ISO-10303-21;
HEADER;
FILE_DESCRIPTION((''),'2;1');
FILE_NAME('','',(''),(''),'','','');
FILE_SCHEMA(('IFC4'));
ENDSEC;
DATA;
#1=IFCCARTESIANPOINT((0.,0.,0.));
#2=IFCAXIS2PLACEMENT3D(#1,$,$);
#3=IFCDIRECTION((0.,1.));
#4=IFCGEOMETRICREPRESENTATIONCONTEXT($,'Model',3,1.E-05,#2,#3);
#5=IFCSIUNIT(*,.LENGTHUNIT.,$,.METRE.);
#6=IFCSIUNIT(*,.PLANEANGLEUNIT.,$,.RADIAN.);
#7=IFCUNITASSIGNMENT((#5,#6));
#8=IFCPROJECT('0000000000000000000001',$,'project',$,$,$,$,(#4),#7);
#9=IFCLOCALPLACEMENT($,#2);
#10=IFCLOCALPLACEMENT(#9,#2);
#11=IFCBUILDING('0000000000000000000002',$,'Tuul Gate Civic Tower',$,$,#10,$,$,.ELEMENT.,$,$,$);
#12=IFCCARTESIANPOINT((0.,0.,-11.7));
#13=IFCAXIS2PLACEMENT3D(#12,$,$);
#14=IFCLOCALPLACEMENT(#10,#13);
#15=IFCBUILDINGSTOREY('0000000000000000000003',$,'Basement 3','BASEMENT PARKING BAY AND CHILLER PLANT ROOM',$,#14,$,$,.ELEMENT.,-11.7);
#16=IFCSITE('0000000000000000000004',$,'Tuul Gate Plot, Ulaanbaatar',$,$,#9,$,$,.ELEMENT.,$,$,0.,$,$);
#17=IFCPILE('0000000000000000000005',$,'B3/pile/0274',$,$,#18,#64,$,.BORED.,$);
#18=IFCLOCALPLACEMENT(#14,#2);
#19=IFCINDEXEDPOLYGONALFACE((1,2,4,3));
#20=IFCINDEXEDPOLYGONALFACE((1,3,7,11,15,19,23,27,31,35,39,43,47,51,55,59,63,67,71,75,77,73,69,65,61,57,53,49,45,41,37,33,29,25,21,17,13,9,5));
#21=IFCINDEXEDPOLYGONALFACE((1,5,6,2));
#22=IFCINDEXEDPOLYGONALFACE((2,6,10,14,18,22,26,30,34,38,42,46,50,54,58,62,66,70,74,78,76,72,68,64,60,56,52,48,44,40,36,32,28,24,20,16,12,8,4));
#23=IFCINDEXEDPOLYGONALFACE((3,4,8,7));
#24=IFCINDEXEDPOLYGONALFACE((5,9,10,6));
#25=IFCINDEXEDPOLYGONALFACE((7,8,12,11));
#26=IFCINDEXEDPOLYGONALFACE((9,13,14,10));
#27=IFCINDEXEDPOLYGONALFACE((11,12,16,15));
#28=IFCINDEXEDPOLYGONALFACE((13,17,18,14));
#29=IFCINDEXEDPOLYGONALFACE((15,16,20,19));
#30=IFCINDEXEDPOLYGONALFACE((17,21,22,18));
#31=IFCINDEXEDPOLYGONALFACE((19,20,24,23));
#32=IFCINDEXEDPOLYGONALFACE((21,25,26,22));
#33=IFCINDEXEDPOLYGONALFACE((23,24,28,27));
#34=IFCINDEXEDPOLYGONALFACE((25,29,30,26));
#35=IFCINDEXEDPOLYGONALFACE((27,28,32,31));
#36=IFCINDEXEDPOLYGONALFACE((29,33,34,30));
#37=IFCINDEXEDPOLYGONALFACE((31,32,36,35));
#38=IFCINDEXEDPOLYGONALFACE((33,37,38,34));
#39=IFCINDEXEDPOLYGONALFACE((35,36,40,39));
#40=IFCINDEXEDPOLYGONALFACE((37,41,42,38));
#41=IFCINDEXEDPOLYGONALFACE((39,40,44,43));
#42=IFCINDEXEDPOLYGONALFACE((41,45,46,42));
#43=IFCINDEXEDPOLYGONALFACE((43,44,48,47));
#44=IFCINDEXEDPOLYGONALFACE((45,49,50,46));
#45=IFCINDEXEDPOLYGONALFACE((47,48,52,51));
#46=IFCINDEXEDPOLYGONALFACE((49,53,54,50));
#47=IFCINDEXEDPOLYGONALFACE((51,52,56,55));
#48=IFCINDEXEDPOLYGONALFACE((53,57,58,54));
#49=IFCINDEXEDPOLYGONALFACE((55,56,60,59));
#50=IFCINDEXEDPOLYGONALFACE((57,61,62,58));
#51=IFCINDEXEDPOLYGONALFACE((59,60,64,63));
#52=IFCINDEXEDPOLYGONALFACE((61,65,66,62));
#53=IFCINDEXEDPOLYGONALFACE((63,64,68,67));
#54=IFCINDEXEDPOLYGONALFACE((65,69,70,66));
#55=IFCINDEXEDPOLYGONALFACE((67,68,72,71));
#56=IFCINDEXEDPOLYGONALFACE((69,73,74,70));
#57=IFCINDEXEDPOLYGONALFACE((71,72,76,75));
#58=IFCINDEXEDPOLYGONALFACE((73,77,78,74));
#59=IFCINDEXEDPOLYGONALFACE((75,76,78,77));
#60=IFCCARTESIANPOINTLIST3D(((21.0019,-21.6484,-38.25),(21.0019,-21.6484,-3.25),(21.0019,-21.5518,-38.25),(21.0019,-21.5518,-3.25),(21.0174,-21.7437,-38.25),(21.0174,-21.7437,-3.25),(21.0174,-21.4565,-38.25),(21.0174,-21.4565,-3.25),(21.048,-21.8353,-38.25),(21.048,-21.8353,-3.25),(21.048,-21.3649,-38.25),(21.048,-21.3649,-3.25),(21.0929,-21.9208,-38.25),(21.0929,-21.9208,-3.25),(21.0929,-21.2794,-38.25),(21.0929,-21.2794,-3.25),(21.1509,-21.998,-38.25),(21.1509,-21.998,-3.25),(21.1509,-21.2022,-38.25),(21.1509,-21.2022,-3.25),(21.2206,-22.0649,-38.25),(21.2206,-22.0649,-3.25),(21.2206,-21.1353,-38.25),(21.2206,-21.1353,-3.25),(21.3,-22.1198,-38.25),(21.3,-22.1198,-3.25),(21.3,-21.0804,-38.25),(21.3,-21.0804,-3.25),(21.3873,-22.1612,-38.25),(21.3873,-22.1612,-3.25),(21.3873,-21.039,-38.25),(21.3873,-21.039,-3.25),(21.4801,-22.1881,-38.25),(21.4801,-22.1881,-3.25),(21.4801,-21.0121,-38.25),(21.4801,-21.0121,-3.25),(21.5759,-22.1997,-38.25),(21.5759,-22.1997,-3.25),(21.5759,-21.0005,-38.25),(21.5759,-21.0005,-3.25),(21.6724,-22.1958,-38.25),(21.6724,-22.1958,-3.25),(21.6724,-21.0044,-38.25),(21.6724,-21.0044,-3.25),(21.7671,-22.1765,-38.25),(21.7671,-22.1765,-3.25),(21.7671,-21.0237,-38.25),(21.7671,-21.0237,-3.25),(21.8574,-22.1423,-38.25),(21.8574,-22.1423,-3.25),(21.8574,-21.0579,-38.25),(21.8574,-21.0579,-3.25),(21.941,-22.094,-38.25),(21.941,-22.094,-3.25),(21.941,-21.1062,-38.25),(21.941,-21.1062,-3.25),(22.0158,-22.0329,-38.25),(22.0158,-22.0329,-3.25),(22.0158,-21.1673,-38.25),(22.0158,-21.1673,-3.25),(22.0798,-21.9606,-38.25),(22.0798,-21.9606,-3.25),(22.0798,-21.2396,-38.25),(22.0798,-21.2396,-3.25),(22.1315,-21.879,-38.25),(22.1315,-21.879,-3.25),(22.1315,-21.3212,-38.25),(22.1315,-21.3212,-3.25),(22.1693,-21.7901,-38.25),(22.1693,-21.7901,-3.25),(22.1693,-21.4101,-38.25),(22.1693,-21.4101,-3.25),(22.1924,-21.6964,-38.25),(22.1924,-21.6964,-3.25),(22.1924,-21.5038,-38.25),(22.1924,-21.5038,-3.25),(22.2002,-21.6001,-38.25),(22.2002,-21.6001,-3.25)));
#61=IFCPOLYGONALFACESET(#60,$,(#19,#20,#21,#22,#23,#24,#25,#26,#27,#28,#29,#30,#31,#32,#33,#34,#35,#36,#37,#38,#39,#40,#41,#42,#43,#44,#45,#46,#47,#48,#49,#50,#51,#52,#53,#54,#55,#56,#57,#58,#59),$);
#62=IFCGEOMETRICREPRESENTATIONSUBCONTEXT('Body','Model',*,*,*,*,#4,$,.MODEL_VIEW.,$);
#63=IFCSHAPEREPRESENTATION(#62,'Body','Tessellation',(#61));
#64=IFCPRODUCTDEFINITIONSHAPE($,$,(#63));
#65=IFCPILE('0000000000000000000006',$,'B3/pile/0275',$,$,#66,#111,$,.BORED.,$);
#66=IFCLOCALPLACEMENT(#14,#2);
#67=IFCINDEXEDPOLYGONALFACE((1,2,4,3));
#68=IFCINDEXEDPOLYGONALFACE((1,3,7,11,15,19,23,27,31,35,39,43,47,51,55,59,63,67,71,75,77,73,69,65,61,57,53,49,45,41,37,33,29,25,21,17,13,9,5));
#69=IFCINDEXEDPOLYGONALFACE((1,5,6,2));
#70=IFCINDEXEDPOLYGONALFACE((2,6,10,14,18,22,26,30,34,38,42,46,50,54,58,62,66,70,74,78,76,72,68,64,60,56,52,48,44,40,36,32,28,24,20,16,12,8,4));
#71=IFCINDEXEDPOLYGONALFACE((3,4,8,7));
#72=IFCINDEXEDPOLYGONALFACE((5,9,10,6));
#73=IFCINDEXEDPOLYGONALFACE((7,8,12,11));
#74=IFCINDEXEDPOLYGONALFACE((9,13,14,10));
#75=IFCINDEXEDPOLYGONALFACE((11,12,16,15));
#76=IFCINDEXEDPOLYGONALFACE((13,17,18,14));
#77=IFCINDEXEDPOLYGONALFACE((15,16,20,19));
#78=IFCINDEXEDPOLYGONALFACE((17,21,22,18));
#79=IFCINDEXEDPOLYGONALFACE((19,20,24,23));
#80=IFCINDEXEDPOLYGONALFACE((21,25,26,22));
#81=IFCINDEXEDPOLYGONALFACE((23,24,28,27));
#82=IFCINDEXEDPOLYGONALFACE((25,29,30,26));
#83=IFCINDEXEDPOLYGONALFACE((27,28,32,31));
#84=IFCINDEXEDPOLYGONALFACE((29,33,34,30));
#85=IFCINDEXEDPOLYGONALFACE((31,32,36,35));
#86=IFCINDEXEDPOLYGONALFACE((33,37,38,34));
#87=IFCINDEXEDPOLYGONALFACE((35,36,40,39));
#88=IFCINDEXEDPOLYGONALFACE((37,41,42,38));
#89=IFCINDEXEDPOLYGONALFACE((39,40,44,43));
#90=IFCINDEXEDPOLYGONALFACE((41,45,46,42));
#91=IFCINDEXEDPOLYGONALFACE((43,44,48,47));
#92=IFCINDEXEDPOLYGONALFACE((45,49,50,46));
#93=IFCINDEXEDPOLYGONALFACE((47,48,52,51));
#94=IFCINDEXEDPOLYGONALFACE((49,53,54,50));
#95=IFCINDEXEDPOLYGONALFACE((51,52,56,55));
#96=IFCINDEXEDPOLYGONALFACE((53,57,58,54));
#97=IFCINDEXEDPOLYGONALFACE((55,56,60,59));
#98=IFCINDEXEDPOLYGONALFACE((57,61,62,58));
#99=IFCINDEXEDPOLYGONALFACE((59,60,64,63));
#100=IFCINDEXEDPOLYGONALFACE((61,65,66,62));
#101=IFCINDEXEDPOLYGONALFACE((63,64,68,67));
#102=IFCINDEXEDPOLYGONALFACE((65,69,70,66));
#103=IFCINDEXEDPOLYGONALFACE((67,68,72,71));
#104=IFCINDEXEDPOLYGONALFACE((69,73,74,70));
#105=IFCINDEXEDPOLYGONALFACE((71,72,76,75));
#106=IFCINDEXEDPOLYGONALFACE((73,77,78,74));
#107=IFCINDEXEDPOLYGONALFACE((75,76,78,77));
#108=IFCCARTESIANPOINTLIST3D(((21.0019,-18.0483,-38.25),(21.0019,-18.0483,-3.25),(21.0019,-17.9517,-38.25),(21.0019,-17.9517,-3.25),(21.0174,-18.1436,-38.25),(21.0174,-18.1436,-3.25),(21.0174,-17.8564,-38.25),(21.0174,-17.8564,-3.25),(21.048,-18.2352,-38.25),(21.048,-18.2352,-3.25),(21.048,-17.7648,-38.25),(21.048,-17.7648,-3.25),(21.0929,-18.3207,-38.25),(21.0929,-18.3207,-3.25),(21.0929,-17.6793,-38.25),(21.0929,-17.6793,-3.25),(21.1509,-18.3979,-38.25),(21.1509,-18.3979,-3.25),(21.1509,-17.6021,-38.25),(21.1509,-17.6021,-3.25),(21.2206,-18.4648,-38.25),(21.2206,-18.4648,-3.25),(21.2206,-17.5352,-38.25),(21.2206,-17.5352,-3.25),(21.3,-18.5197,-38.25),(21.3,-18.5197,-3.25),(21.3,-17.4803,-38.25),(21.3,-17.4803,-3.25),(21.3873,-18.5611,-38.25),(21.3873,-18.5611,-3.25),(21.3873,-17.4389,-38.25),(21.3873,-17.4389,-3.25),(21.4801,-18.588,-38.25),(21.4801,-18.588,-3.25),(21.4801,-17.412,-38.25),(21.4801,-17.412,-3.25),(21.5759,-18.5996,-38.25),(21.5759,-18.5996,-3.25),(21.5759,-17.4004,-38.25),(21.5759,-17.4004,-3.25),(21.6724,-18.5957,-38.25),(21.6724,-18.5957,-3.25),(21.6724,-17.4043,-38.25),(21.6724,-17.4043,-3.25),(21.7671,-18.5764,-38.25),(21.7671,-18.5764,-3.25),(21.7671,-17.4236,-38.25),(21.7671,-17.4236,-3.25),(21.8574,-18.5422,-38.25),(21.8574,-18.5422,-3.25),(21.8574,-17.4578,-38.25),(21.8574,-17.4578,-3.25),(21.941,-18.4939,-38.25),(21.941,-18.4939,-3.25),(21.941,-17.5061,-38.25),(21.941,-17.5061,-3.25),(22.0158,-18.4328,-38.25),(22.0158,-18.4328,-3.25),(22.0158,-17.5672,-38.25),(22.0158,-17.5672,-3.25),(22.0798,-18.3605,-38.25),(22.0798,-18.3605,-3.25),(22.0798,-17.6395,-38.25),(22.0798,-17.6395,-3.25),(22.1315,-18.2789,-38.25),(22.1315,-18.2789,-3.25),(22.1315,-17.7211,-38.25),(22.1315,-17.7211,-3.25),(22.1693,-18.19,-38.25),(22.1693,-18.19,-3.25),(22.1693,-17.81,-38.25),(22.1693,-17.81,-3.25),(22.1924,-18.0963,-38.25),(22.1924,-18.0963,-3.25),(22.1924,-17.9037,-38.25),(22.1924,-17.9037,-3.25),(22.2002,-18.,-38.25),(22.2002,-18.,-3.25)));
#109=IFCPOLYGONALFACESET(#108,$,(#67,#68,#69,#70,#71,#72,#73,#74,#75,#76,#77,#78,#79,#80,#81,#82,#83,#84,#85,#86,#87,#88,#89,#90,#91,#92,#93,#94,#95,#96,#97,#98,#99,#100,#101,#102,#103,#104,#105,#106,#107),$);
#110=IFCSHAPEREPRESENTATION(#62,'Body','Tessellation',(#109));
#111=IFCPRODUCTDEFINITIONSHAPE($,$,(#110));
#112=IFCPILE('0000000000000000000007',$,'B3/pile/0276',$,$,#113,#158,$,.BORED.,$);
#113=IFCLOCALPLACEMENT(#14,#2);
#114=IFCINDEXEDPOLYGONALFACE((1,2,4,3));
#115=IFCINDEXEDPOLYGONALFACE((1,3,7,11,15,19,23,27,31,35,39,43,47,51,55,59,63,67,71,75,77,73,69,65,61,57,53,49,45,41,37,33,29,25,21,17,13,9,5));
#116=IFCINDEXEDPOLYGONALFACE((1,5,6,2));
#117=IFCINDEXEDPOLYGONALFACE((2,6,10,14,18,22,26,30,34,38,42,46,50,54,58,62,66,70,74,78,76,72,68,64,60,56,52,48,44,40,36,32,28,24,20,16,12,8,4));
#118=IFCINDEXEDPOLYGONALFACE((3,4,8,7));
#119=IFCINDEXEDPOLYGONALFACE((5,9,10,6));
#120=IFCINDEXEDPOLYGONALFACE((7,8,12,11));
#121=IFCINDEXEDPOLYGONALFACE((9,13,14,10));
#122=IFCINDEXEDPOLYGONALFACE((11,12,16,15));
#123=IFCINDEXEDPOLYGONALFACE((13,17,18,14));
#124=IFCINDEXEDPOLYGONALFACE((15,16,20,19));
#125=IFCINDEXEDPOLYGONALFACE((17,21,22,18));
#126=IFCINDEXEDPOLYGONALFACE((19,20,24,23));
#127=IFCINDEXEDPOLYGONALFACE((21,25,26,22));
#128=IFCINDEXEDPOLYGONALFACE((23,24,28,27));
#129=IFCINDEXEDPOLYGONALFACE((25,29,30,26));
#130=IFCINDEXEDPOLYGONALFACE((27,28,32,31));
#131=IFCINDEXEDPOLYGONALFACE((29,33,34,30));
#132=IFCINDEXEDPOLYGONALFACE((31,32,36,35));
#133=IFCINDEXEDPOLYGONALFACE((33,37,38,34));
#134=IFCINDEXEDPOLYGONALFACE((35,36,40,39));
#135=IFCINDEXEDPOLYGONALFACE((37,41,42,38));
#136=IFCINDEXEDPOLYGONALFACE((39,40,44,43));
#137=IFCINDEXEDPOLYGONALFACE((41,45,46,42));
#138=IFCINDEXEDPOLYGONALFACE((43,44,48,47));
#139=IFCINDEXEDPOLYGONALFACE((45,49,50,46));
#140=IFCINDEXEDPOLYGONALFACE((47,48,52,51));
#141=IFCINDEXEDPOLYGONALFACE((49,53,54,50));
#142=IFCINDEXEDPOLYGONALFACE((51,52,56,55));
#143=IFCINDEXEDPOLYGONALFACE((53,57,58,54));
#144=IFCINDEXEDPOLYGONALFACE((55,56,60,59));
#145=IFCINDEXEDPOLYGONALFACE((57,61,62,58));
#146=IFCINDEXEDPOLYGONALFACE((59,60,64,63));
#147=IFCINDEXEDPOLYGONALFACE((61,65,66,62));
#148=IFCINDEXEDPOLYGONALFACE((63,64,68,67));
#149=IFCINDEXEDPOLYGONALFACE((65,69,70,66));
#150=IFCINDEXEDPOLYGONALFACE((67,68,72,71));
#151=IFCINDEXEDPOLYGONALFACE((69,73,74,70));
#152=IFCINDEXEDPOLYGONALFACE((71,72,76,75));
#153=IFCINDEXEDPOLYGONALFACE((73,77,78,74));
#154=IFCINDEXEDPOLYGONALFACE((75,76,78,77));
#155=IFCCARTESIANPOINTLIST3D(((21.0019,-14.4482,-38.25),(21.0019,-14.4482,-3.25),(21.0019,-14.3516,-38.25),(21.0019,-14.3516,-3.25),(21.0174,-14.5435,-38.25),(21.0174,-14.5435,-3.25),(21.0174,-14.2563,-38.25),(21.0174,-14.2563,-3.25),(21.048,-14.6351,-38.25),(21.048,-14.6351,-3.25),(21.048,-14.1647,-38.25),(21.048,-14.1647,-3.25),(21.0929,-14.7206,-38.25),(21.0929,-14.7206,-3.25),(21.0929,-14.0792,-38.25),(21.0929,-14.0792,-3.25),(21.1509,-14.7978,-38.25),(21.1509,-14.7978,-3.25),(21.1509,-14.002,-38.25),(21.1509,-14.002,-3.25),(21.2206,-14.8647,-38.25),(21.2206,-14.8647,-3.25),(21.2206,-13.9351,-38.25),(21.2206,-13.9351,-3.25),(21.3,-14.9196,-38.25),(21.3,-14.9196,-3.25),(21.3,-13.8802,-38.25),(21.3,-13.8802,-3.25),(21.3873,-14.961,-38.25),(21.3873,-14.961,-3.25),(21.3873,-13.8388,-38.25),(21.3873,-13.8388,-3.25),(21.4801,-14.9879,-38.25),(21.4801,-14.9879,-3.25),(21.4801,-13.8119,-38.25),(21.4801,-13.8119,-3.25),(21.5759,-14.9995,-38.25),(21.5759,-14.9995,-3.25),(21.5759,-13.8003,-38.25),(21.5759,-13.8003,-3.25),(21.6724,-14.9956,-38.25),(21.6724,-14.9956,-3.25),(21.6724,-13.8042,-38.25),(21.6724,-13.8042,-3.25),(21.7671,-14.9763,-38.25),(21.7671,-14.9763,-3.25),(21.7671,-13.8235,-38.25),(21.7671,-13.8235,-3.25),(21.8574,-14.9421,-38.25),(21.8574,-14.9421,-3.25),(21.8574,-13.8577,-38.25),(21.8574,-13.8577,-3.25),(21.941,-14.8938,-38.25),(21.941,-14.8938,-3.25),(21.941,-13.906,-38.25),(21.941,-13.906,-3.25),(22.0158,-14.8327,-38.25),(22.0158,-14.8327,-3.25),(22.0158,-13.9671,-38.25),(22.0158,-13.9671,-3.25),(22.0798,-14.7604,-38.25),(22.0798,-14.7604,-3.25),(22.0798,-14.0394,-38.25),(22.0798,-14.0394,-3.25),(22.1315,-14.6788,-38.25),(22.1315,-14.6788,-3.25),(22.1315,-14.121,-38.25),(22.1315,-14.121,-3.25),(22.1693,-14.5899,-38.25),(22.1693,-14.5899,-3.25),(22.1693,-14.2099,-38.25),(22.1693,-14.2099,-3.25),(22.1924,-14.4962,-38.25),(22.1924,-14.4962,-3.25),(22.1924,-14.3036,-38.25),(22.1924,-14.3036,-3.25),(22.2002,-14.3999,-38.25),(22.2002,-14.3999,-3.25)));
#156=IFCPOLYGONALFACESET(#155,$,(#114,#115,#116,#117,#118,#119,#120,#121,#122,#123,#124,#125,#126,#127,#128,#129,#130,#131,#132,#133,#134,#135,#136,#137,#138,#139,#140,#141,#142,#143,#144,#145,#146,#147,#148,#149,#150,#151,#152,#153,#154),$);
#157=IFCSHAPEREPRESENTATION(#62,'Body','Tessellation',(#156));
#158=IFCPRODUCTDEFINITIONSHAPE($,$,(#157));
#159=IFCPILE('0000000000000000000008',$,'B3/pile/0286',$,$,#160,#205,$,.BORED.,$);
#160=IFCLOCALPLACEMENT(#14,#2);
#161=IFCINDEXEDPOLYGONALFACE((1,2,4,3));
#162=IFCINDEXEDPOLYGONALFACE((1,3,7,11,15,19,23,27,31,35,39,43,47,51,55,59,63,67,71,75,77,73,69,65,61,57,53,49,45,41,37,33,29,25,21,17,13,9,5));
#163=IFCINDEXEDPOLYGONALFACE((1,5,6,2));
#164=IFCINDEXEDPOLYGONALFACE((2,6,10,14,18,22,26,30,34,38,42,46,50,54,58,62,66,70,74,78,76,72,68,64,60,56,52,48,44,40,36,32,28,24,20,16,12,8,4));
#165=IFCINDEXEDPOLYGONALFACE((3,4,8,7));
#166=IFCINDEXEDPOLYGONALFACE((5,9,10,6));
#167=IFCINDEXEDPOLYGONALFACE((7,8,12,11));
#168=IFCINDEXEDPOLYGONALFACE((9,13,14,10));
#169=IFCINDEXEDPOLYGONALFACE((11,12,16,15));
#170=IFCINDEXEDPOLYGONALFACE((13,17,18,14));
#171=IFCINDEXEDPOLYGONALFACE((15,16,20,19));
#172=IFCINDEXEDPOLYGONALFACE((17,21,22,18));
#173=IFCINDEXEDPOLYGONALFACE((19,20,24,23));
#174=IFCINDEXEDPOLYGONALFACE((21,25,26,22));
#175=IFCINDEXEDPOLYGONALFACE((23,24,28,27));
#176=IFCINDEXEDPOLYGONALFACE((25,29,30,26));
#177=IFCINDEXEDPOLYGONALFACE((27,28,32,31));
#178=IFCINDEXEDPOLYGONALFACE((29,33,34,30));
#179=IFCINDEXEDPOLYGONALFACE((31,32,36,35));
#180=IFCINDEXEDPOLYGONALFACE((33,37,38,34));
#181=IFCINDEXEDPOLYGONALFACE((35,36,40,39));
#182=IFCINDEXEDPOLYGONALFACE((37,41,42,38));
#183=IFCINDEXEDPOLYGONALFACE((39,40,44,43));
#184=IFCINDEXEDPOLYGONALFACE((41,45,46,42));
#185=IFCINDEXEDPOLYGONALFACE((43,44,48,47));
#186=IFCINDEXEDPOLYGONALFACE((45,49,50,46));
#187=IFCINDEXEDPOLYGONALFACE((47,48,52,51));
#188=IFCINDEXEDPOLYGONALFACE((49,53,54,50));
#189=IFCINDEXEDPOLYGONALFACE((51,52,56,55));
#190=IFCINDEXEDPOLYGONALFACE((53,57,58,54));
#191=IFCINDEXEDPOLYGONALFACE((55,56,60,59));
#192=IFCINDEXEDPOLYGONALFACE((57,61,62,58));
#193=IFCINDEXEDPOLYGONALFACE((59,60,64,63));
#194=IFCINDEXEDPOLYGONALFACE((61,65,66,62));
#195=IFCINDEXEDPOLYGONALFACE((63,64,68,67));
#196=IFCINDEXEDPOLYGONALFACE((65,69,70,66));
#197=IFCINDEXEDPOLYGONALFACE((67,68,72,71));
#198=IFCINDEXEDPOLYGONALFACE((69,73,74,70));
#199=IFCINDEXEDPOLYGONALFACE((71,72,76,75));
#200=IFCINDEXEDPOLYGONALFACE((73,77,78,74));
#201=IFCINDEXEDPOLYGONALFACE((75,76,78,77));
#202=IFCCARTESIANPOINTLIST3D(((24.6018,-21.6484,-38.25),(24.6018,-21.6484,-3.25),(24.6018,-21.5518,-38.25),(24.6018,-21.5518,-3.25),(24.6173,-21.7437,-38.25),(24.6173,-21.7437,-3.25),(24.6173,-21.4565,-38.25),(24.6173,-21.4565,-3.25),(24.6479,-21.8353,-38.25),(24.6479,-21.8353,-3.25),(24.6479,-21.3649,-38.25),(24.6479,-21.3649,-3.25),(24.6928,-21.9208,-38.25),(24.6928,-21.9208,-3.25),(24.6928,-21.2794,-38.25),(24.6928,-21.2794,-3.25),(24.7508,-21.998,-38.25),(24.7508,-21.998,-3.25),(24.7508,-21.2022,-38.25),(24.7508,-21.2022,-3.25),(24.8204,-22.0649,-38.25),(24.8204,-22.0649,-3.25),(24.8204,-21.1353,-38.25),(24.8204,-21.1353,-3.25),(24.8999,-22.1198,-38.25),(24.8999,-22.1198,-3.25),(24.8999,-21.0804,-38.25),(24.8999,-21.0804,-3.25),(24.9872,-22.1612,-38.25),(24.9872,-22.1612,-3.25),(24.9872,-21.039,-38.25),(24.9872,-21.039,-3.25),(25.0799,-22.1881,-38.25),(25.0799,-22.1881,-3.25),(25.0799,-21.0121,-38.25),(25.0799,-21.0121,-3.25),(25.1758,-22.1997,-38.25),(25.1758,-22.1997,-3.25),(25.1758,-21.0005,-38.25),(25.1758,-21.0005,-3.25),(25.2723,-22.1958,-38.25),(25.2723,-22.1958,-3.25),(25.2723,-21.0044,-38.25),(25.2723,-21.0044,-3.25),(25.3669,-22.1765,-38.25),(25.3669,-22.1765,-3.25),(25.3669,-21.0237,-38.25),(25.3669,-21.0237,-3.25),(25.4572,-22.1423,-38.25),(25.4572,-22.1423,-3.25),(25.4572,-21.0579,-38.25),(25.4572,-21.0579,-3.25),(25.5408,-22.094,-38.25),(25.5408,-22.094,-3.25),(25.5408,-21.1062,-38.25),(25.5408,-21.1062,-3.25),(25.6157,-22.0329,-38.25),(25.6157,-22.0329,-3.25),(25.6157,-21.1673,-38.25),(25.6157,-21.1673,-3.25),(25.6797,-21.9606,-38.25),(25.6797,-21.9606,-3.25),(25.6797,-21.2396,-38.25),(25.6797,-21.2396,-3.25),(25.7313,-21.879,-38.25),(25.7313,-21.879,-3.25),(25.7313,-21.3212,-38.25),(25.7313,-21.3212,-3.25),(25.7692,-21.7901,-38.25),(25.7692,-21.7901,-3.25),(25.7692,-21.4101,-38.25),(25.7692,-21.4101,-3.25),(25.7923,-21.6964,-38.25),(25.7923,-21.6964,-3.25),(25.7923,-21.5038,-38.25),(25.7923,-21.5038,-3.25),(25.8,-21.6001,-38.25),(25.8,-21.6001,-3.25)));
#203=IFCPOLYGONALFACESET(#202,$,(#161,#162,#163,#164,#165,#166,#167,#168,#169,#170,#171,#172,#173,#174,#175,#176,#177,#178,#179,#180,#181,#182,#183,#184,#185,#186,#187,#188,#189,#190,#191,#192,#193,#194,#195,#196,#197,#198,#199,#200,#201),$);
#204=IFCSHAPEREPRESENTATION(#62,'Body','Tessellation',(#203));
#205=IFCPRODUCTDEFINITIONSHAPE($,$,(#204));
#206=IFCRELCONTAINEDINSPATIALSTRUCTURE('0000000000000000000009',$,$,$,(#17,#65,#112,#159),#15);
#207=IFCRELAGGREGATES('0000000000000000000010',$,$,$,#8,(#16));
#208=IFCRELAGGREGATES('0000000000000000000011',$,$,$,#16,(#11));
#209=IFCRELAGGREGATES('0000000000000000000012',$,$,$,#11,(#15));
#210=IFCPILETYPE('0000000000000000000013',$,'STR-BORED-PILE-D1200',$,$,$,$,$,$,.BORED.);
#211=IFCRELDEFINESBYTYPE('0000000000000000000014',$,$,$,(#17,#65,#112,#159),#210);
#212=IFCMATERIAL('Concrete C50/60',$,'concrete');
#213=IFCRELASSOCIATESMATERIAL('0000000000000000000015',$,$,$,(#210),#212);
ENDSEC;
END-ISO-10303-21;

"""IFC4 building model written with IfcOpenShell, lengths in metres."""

from ifc_helpers import new_model, si_unit, direction, frame, origin, origin_2d, place, context, subcontext, project, spatial, circle, extrude, material, material_profile, profile_set, type_object, element, save


model = new_model("IFC4")

# Units and contexts
model_context = context("Model", 3, precision=1e-05, world=origin(), true_north=direction((0.0, 1.0)))
body_context = subcontext(model_context, "Body", "Model", "MODEL_VIEW")
ifc_project = project(units=[si_unit("LENGTHUNIT", "METRE"), si_unit("PLANEANGLEUNIT", "RADIAN")], contexts=[model_context])

# Site, building, storey
site_placement = place(None, origin())
site = spatial("IfcSite", under=ifc_project, at=site_placement, Name="Tuul Gate Plot, Ulaanbaatar", CompositionType="ELEMENT", RefElevation=0.0)
building_placement = place(site_placement, origin())
building = spatial("IfcBuilding", under=site, at=building_placement, Name="Tuul Gate Civic Tower", CompositionType="ELEMENT")
storey_placement = place(building_placement, frame((0.0, 0.0, -11.7)))
storey = spatial("IfcBuildingStorey", under=building, at=storey_placement, Name="Basement 3", Description="BASEMENT PARKING BAY AND CHILLER PLANT ROOM", CompositionType="ELEMENT", Elevation=-11.7)

# Piles
ifc_material_1 = material(Name="Concrete C50/60", Category="concrete")
ifc_material_profile_1 = material_profile(ifc_material_1, circle(Radius=0.6001, at=origin_2d()), Name="PILE1200")
ifc_profile_set_1 = profile_set([ifc_material_profile_1], Name="Concrete C50/60")
pile_type = type_object("IfcPileType", Name="STR-BORED-PILE-D1200", PredefinedType="BORED", material=ifc_profile_set_1)
for number, where, z_axis, x_axis, name in (
    (1, (21.6001, -21.6001, -3.25), (0.0, 0.0, -1.0), (1.0, 0.0, 0.0), "B3/pile/0274"),
    (2, (21.6001, -18.0, -3.25), (0.0, 0.0, -1.0), (1.0, 0.0, 0.0), "B3/pile/0275"),
    (3, (21.6001, -14.3999, -3.25), (0.0, 0.0, -1.0), (1.0, 0.0, 0.0), "B3/pile/0276"),
    (4, (25.2, -21.6001, -3.25), (0.0, 0.0, -1.0), (1.0, 0.0, 0.0), "B3/pile/0286"),
):
    element("IfcPile", number, at=place(storey_placement, frame(where, z_axis=z_axis, x_axis=x_axis)), inside=storey, type_object=pile_type, Name=name, PredefinedType="BORED", context=body_context, shape_type="SweptSolid", body=[
        extrude(circle(Radius=0.6001, at=origin_2d()), origin(), (0.0, 0.0, 1.0), 35.0),
    ])

save(model, "model.ifc")
